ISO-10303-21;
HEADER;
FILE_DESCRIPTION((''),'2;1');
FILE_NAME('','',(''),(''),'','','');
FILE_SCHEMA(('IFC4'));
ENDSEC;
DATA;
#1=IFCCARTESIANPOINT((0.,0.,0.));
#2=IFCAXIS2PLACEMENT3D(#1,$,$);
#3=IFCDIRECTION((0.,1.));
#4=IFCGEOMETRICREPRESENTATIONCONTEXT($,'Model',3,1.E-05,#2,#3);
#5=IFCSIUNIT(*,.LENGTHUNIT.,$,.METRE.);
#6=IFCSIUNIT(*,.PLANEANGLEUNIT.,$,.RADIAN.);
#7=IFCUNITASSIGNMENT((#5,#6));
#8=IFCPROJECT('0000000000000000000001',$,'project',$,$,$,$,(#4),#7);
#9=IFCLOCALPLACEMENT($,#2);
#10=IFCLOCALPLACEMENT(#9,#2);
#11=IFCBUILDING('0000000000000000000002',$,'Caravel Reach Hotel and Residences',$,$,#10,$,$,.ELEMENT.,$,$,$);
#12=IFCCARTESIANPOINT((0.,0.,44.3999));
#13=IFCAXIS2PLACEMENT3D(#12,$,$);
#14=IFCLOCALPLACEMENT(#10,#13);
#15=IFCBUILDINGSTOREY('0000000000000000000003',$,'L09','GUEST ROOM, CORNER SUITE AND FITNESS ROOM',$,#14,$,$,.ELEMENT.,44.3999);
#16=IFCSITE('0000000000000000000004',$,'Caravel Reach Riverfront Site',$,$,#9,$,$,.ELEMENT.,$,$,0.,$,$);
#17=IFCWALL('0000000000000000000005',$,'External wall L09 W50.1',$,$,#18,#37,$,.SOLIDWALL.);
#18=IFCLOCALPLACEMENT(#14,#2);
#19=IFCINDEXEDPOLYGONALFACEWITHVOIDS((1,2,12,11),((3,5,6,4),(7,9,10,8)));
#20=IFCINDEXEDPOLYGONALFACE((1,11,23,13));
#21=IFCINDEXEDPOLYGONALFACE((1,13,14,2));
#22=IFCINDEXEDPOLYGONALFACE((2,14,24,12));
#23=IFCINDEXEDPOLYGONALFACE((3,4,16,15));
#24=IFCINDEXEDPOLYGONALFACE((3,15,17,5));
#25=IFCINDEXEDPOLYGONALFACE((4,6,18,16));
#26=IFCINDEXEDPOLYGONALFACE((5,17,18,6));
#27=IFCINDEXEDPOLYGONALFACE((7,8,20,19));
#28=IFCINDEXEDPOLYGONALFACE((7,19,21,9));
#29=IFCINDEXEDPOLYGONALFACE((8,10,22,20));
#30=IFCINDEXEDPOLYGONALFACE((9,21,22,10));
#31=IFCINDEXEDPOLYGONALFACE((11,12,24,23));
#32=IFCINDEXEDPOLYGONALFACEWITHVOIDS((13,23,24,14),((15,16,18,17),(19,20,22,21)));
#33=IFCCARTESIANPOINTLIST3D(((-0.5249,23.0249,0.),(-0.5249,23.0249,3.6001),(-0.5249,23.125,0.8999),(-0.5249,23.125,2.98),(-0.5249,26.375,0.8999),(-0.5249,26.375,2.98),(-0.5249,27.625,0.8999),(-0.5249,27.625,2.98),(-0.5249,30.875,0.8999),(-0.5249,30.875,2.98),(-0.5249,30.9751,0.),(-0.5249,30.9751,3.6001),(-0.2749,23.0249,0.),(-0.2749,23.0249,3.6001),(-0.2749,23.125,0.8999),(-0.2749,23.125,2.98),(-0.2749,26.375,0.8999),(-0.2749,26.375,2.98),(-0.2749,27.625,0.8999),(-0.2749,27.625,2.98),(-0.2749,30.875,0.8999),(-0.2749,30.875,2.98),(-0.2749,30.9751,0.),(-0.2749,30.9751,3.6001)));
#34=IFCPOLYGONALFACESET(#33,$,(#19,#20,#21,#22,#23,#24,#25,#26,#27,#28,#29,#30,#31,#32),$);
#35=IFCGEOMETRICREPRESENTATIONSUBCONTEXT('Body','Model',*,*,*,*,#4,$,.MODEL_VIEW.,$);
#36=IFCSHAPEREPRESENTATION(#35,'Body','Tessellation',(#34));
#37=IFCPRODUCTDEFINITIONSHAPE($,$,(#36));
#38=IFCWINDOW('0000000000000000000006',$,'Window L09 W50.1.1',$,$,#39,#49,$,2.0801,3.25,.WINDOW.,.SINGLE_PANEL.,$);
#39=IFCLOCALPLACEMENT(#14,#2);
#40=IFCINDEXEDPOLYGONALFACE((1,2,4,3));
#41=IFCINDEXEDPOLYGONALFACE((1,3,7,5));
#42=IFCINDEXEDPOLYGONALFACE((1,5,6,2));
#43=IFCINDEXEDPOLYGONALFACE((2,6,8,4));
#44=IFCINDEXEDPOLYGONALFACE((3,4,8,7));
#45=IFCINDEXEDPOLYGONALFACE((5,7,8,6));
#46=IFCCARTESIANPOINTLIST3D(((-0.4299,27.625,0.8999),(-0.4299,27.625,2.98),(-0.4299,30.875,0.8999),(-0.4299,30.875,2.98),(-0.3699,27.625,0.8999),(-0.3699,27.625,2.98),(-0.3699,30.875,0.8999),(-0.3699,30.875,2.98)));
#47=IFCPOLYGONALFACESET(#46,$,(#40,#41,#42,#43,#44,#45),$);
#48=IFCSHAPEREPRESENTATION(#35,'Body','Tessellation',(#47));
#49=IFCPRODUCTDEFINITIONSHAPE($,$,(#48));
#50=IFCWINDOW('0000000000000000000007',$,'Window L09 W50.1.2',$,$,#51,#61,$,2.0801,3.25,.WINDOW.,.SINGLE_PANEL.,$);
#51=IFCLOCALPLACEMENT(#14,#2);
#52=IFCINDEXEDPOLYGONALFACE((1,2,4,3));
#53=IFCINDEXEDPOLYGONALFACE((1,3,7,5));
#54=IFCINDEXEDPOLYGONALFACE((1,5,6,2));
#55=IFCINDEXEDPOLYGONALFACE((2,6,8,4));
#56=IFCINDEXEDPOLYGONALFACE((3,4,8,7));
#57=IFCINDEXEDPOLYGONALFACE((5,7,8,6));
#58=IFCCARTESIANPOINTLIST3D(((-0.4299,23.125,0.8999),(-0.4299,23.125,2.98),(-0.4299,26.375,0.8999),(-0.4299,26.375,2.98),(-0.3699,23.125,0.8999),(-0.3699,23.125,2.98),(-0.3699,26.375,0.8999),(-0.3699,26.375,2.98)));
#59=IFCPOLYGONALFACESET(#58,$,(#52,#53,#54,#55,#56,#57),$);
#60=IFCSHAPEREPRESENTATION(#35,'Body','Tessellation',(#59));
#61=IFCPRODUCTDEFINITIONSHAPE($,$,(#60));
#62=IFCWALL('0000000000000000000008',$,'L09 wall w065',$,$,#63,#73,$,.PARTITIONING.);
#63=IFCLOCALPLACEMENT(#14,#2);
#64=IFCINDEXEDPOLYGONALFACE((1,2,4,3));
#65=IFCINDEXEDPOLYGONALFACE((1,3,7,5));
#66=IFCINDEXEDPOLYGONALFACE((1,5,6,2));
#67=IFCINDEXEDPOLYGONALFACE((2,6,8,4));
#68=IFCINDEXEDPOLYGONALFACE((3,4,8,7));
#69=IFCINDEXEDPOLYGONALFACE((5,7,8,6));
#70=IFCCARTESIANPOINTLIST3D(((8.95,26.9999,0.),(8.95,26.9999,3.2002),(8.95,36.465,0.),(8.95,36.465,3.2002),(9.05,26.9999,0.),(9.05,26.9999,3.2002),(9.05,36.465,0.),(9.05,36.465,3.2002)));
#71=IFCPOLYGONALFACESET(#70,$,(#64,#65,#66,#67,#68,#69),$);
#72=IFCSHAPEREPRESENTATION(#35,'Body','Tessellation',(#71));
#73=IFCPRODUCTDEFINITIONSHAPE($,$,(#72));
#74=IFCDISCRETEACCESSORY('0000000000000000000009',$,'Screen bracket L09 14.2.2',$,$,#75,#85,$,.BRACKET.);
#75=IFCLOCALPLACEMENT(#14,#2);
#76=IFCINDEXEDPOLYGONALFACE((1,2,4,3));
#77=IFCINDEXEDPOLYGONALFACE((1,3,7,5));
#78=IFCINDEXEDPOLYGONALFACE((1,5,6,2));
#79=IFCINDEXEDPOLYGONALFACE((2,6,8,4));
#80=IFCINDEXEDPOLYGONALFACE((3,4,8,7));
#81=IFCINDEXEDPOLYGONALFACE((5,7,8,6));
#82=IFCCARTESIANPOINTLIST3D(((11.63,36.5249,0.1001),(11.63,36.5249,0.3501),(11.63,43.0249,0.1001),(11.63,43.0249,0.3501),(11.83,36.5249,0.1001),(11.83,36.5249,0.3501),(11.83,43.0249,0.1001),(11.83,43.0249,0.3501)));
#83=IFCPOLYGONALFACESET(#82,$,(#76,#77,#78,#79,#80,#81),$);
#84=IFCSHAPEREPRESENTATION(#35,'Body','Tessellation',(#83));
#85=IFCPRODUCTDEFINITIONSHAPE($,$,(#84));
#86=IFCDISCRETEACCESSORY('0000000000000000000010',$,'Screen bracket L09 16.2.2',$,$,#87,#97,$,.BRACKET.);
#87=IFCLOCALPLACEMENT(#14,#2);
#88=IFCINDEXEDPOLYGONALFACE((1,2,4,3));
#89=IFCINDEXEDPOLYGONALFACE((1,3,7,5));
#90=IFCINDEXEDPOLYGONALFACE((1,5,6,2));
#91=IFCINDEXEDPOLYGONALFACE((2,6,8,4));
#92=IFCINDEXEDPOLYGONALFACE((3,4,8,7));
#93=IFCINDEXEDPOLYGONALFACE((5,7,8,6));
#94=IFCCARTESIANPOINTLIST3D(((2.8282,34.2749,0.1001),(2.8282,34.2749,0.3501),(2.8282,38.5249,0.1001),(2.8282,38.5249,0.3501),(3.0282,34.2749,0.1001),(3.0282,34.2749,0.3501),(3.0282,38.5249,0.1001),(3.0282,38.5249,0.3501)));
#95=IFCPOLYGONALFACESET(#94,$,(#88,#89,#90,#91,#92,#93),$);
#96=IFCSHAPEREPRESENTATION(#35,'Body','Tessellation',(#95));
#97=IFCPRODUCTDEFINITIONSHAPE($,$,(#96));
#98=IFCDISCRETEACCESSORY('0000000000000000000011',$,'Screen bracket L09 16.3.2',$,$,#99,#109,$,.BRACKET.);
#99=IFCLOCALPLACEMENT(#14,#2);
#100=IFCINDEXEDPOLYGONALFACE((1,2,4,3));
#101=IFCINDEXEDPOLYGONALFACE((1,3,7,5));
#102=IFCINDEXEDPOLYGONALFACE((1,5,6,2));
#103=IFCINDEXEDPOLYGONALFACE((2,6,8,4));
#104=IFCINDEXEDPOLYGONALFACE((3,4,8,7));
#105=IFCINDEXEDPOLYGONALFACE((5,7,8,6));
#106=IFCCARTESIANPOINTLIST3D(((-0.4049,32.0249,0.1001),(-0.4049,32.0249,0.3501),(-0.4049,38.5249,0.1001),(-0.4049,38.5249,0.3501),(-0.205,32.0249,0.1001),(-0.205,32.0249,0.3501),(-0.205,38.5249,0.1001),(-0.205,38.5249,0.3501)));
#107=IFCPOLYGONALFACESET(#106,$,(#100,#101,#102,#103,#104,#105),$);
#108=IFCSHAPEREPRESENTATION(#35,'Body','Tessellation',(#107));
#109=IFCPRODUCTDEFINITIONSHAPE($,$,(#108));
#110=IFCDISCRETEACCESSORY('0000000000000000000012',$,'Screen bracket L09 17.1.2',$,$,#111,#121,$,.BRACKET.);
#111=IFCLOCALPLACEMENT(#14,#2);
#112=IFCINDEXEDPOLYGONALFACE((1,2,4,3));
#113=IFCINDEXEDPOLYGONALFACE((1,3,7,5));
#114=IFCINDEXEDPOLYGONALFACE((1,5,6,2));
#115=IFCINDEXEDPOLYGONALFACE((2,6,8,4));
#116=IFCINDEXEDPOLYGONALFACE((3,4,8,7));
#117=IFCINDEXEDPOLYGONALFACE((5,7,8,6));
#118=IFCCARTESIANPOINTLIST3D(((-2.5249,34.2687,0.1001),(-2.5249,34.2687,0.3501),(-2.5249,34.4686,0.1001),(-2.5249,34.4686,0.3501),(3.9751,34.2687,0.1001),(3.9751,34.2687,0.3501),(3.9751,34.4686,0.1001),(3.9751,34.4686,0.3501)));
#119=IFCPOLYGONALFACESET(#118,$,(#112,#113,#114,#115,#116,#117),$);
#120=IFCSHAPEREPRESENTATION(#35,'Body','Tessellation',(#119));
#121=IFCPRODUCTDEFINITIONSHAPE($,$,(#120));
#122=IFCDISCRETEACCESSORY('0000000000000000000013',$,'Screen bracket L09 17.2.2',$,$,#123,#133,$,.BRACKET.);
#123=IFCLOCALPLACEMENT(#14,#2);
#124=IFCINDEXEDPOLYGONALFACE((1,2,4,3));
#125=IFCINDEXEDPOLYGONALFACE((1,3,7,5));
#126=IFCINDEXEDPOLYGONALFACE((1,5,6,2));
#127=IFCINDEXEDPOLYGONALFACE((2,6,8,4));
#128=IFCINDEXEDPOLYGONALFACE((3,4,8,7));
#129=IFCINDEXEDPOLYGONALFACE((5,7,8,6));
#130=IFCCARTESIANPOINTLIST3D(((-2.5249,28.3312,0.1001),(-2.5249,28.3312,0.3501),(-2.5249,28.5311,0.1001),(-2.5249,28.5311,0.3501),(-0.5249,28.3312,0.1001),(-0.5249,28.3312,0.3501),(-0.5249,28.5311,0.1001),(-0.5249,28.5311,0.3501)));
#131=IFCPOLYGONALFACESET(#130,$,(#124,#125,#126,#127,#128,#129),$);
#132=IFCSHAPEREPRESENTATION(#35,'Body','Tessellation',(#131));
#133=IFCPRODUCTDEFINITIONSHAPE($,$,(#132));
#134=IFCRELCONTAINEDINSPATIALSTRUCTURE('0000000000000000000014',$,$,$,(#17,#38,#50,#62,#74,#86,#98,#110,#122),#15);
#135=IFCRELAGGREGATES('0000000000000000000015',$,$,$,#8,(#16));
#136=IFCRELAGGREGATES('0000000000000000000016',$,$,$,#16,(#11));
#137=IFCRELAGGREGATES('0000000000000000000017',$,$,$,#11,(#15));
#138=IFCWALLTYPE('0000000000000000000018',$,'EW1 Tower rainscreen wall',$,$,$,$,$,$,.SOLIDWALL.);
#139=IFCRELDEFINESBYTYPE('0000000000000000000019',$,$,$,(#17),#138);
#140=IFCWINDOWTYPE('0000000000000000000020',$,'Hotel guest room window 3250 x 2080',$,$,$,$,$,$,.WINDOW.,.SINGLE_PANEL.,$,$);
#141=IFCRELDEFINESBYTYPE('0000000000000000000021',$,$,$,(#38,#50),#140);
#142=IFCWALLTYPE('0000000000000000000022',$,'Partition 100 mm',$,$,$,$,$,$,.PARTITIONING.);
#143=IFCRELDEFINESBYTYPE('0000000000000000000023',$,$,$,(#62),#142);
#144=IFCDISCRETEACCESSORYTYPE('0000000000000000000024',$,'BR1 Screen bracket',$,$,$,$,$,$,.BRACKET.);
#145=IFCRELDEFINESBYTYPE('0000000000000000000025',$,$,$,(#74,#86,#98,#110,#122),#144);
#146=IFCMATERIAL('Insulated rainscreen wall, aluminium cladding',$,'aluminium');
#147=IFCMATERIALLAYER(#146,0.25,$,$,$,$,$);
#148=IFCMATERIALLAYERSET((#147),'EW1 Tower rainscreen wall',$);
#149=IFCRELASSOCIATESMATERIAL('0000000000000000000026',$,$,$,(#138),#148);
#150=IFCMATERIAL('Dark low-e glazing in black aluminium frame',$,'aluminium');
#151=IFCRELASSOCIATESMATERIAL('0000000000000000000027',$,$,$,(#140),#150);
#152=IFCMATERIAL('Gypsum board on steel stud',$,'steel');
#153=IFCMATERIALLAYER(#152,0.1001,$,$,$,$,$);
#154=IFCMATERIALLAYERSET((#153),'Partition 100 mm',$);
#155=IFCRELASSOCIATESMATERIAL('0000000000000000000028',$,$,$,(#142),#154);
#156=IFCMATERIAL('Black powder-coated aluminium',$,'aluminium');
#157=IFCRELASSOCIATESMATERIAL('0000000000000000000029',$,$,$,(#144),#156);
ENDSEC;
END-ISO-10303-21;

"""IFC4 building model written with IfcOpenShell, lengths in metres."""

from ifc_helpers import new_model, si_unit, direction, frame, frame_2d, origin, origin_2d, place, context, subcontext, project, spatial, rectangle, extrude, material, layer, layer_set, type_object, element, fill, save


model = new_model("IFC4")

# Units and contexts
model_context = context("Model", 3, precision=1e-05, world=origin(), true_north=direction((0.0, 1.0)))
body_context = subcontext(model_context, "Body", "Model", "MODEL_VIEW")
ifc_project = project(units=[si_unit("LENGTHUNIT", "METRE"), si_unit("PLANEANGLEUNIT", "RADIAN")], contexts=[model_context])

# Site, building, storey
site_placement = place(None, origin())
site = spatial("IfcSite", under=ifc_project, at=site_placement, Name="Caravel Reach Riverfront Site", CompositionType="ELEMENT", RefElevation=0.0)
building_placement = place(site_placement, origin())
building = spatial("IfcBuilding", under=site, at=building_placement, Name="Caravel Reach Hotel and Residences", CompositionType="ELEMENT")
storey_placement = place(building_placement, frame((0.0, 0.0, 44.3999)))
storey = spatial("IfcBuildingStorey", under=building, at=storey_placement, Name="L09", Description="GUEST ROOM, CORNER SUITE AND FITNESS ROOM", CompositionType="ELEMENT", Elevation=44.3999)

# Shared definitions
ifc_material_1 = material(Name="Insulated rainscreen wall, aluminium cladding", Category="aluminium")
ifc_layer_1 = layer(ifc_material_1, 0.25)
ifc_layer_set_1 = layer_set([ifc_layer_1], Name="EW1 Tower rainscreen wall")
wall_type_1 = type_object("IfcWallType", Name="EW1 Tower rainscreen wall", PredefinedType="SOLIDWALL", material=ifc_layer_set_1)

# Wall, openings, windows
wall_1_placement = place(storey_placement, frame((-0.3999, 30.9751, 0.0), z_axis=(0.0, 0.0, 1.0), x_axis=(0.0, -1.0, 0.0)))
wall_1 = element("IfcWall", 1, at=wall_1_placement, inside=storey, type_object=wall_type_1, Name="External wall L09 W50.1", PredefinedType="SOLIDWALL", context=body_context, shape_type="SweptSolid", body=[
    extrude(rectangle(XDim=7.9502, YDim=0.25, at=frame_2d((3.9751, 0.0))), origin(), (0.0, 0.0, 1.0), 3.6001),
])
opening_1_placement = place(wall_1_placement, frame((0.1001, 0.0, 0.8999)))
opening_1 = element("IfcOpeningElement", 2, at=opening_1_placement, cuts=wall_1, PredefinedType="OPENING", context=body_context, shape_type="SweptSolid", body=[
    extrude(rectangle(XDim=3.25, YDim=2.0801, at=frame_2d((1.625, 1.04))), frame((0.0, 0.135, 0.0), z_axis=(0.0, -1.0, 0.0), x_axis=(1.0, 0.0, 0.0)), (0.0, 0.0, 1.0), 0.27),
])
opening_2_placement = place(wall_1_placement, frame((4.6001, 0.0, 0.8999)))
opening_2 = element("IfcOpeningElement", 3, at=opening_2_placement, cuts=wall_1, PredefinedType="OPENING", context=body_context, shape_type="SweptSolid", body=[
    extrude(rectangle(XDim=3.25, YDim=2.0801, at=frame_2d((1.625, 1.04))), frame((0.0, 0.135, 0.0), z_axis=(0.0, -1.0, 0.0), x_axis=(1.0, 0.0, 0.0)), (0.0, 0.0, 1.0), 0.27),
])
ifc_material_2 = material(Name="Dark low-e glazing in black aluminium frame", Category="aluminium")
window_type_1 = type_object("IfcWindowType", Name="Hotel guest room window 3250 x 2080", PartitioningType="SINGLE_PANEL", PredefinedType="WINDOW", material=ifc_material_2)
window_1_placement = place(opening_1_placement, origin())
window_1 = element("IfcWindow", 4, at=window_1_placement, inside=storey, type_object=window_type_1, Name="Window L09 W50.1.1", OverallHeight=2.0801, OverallWidth=3.25, PartitioningType="SINGLE_PANEL", PredefinedType="WINDOW", context=body_context, shape_type="SweptSolid", body=[
    extrude(rectangle(XDim=3.25, YDim=2.0801, at=frame_2d((1.625, 1.04))), frame((0.0, 0.03, 0.0), z_axis=(0.0, -1.0, 0.0), x_axis=(1.0, 0.0, 0.0)), (0.0, 0.0, 1.0), 0.0601),
])
fill(opening_1, window_1)
window_2_placement = place(opening_2_placement, origin())
window_2 = element("IfcWindow", 5, at=window_2_placement, inside=storey, type_object=window_type_1, Name="Window L09 W50.1.2", OverallHeight=2.0801, OverallWidth=3.25, PartitioningType="SINGLE_PANEL", PredefinedType="WINDOW", context=body_context, shape_type="SweptSolid", body=[
    extrude(rectangle(XDim=3.25, YDim=2.0801, at=frame_2d((1.625, 1.04))), frame((0.0, 0.03, 0.0), z_axis=(0.0, -1.0, 0.0), x_axis=(1.0, 0.0, 0.0)), (0.0, 0.0, 1.0), 0.0601),
])
fill(opening_2, window_2)

# Wall
ifc_material_3 = material(Name="Gypsum board on steel stud", Category="steel")
ifc_layer_2 = layer(ifc_material_3, 0.1001)
ifc_layer_set_2 = layer_set([ifc_layer_2], Name="Partition 100 mm")
wall_type_2 = type_object("IfcWallType", Name="Partition 100 mm", PredefinedType="PARTITIONING", material=ifc_layer_set_2)
wall_2_placement = place(storey_placement, frame((9.0, 27.0, 0.0), z_axis=(0.0, 0.0, 1.0), x_axis=(0.0, 1.0, 0.0)))
element("IfcWall", 6, at=wall_2_placement, inside=storey, type_object=wall_type_2, Name="L09 wall w065", PredefinedType="PARTITIONING", context=body_context, shape_type="SweptSolid", body=[
    extrude(rectangle(XDim=9.4651, YDim=0.1001, at=frame_2d((4.7324, 0.0))), origin(), (0.0, 0.0, 1.0), 3.2002),
])

# Discrete accessories
ifc_material_4 = material(Name="Black powder-coated aluminium", Category="aluminium")
discrete_accessory_type = type_object("IfcDiscreteAccessoryType", Name="BR1 Screen bracket", PredefinedType="BRACKET", material=ifc_material_4)
discrete_accessory_1_placement = place(storey_placement, frame((11.73, 39.7749, 0.1001), z_axis=(0.0, 0.0, 1.0), x_axis=(0.0, 1.0, 0.0)))
element("IfcDiscreteAccessory", 7, at=discrete_accessory_1_placement, inside=storey, type_object=discrete_accessory_type, Name="Screen bracket L09 14.2.2", PredefinedType="BRACKET", context=body_context, shape_type="SweptSolid", body=[
    extrude(rectangle(XDim=6.5, YDim=0.2, at=origin_2d()), origin(), (0.0, 0.0, 1.0), 0.25),
])
discrete_accessory_2_placement = place(storey_placement, frame((2.9282, 36.3999, 0.1001), z_axis=(0.0, 0.0, 1.0), x_axis=(0.0, 1.0, 0.0)))
element("IfcDiscreteAccessory", 8, at=discrete_accessory_2_placement, inside=storey, type_object=discrete_accessory_type, Name="Screen bracket L09 16.2.2", PredefinedType="BRACKET", context=body_context, shape_type="SweptSolid", body=[
    extrude(rectangle(XDim=4.25, YDim=0.2, at=origin_2d()), origin(), (0.0, 0.0, 1.0), 0.25),
])
for number, where, z_axis, x_axis, name in (
    (9, (-0.3049, 35.2749, 0.1001), (0.0, 0.0, 1.0), (0.0, 1.0, 0.0), "Screen bracket L09 16.3.2"),
    (10, (0.7251, 34.3687, 0.1001), (0.0, 0.0, 1.0), (-1.0, 0.0, 0.0), "Screen bracket L09 17.1.2"),
):
    element("IfcDiscreteAccessory", number, at=place(storey_placement, frame(where, z_axis=z_axis, x_axis=x_axis)), inside=storey, type_object=discrete_accessory_type, Name=name, PredefinedType="BRACKET", context=body_context, shape_type="SweptSolid", body=[
        extrude(rectangle(XDim=6.5, YDim=0.2, at=origin_2d()), origin(), (0.0, 0.0, 1.0), 0.25),
    ])
discrete_accessory_3_placement = place(storey_placement, frame((-1.5249, 28.4312, 0.1001), z_axis=(0.0, 0.0, 1.0), x_axis=(-1.0, 0.0, 0.0)))
element("IfcDiscreteAccessory", 11, at=discrete_accessory_3_placement, inside=storey, type_object=discrete_accessory_type, Name="Screen bracket L09 17.2.2", PredefinedType="BRACKET", context=body_context, shape_type="SweptSolid", body=[
    extrude(rectangle(XDim=2.0, YDim=0.2, at=origin_2d()), origin(), (0.0, 0.0, 1.0), 0.25),
])

save(model, "model.ifc")
